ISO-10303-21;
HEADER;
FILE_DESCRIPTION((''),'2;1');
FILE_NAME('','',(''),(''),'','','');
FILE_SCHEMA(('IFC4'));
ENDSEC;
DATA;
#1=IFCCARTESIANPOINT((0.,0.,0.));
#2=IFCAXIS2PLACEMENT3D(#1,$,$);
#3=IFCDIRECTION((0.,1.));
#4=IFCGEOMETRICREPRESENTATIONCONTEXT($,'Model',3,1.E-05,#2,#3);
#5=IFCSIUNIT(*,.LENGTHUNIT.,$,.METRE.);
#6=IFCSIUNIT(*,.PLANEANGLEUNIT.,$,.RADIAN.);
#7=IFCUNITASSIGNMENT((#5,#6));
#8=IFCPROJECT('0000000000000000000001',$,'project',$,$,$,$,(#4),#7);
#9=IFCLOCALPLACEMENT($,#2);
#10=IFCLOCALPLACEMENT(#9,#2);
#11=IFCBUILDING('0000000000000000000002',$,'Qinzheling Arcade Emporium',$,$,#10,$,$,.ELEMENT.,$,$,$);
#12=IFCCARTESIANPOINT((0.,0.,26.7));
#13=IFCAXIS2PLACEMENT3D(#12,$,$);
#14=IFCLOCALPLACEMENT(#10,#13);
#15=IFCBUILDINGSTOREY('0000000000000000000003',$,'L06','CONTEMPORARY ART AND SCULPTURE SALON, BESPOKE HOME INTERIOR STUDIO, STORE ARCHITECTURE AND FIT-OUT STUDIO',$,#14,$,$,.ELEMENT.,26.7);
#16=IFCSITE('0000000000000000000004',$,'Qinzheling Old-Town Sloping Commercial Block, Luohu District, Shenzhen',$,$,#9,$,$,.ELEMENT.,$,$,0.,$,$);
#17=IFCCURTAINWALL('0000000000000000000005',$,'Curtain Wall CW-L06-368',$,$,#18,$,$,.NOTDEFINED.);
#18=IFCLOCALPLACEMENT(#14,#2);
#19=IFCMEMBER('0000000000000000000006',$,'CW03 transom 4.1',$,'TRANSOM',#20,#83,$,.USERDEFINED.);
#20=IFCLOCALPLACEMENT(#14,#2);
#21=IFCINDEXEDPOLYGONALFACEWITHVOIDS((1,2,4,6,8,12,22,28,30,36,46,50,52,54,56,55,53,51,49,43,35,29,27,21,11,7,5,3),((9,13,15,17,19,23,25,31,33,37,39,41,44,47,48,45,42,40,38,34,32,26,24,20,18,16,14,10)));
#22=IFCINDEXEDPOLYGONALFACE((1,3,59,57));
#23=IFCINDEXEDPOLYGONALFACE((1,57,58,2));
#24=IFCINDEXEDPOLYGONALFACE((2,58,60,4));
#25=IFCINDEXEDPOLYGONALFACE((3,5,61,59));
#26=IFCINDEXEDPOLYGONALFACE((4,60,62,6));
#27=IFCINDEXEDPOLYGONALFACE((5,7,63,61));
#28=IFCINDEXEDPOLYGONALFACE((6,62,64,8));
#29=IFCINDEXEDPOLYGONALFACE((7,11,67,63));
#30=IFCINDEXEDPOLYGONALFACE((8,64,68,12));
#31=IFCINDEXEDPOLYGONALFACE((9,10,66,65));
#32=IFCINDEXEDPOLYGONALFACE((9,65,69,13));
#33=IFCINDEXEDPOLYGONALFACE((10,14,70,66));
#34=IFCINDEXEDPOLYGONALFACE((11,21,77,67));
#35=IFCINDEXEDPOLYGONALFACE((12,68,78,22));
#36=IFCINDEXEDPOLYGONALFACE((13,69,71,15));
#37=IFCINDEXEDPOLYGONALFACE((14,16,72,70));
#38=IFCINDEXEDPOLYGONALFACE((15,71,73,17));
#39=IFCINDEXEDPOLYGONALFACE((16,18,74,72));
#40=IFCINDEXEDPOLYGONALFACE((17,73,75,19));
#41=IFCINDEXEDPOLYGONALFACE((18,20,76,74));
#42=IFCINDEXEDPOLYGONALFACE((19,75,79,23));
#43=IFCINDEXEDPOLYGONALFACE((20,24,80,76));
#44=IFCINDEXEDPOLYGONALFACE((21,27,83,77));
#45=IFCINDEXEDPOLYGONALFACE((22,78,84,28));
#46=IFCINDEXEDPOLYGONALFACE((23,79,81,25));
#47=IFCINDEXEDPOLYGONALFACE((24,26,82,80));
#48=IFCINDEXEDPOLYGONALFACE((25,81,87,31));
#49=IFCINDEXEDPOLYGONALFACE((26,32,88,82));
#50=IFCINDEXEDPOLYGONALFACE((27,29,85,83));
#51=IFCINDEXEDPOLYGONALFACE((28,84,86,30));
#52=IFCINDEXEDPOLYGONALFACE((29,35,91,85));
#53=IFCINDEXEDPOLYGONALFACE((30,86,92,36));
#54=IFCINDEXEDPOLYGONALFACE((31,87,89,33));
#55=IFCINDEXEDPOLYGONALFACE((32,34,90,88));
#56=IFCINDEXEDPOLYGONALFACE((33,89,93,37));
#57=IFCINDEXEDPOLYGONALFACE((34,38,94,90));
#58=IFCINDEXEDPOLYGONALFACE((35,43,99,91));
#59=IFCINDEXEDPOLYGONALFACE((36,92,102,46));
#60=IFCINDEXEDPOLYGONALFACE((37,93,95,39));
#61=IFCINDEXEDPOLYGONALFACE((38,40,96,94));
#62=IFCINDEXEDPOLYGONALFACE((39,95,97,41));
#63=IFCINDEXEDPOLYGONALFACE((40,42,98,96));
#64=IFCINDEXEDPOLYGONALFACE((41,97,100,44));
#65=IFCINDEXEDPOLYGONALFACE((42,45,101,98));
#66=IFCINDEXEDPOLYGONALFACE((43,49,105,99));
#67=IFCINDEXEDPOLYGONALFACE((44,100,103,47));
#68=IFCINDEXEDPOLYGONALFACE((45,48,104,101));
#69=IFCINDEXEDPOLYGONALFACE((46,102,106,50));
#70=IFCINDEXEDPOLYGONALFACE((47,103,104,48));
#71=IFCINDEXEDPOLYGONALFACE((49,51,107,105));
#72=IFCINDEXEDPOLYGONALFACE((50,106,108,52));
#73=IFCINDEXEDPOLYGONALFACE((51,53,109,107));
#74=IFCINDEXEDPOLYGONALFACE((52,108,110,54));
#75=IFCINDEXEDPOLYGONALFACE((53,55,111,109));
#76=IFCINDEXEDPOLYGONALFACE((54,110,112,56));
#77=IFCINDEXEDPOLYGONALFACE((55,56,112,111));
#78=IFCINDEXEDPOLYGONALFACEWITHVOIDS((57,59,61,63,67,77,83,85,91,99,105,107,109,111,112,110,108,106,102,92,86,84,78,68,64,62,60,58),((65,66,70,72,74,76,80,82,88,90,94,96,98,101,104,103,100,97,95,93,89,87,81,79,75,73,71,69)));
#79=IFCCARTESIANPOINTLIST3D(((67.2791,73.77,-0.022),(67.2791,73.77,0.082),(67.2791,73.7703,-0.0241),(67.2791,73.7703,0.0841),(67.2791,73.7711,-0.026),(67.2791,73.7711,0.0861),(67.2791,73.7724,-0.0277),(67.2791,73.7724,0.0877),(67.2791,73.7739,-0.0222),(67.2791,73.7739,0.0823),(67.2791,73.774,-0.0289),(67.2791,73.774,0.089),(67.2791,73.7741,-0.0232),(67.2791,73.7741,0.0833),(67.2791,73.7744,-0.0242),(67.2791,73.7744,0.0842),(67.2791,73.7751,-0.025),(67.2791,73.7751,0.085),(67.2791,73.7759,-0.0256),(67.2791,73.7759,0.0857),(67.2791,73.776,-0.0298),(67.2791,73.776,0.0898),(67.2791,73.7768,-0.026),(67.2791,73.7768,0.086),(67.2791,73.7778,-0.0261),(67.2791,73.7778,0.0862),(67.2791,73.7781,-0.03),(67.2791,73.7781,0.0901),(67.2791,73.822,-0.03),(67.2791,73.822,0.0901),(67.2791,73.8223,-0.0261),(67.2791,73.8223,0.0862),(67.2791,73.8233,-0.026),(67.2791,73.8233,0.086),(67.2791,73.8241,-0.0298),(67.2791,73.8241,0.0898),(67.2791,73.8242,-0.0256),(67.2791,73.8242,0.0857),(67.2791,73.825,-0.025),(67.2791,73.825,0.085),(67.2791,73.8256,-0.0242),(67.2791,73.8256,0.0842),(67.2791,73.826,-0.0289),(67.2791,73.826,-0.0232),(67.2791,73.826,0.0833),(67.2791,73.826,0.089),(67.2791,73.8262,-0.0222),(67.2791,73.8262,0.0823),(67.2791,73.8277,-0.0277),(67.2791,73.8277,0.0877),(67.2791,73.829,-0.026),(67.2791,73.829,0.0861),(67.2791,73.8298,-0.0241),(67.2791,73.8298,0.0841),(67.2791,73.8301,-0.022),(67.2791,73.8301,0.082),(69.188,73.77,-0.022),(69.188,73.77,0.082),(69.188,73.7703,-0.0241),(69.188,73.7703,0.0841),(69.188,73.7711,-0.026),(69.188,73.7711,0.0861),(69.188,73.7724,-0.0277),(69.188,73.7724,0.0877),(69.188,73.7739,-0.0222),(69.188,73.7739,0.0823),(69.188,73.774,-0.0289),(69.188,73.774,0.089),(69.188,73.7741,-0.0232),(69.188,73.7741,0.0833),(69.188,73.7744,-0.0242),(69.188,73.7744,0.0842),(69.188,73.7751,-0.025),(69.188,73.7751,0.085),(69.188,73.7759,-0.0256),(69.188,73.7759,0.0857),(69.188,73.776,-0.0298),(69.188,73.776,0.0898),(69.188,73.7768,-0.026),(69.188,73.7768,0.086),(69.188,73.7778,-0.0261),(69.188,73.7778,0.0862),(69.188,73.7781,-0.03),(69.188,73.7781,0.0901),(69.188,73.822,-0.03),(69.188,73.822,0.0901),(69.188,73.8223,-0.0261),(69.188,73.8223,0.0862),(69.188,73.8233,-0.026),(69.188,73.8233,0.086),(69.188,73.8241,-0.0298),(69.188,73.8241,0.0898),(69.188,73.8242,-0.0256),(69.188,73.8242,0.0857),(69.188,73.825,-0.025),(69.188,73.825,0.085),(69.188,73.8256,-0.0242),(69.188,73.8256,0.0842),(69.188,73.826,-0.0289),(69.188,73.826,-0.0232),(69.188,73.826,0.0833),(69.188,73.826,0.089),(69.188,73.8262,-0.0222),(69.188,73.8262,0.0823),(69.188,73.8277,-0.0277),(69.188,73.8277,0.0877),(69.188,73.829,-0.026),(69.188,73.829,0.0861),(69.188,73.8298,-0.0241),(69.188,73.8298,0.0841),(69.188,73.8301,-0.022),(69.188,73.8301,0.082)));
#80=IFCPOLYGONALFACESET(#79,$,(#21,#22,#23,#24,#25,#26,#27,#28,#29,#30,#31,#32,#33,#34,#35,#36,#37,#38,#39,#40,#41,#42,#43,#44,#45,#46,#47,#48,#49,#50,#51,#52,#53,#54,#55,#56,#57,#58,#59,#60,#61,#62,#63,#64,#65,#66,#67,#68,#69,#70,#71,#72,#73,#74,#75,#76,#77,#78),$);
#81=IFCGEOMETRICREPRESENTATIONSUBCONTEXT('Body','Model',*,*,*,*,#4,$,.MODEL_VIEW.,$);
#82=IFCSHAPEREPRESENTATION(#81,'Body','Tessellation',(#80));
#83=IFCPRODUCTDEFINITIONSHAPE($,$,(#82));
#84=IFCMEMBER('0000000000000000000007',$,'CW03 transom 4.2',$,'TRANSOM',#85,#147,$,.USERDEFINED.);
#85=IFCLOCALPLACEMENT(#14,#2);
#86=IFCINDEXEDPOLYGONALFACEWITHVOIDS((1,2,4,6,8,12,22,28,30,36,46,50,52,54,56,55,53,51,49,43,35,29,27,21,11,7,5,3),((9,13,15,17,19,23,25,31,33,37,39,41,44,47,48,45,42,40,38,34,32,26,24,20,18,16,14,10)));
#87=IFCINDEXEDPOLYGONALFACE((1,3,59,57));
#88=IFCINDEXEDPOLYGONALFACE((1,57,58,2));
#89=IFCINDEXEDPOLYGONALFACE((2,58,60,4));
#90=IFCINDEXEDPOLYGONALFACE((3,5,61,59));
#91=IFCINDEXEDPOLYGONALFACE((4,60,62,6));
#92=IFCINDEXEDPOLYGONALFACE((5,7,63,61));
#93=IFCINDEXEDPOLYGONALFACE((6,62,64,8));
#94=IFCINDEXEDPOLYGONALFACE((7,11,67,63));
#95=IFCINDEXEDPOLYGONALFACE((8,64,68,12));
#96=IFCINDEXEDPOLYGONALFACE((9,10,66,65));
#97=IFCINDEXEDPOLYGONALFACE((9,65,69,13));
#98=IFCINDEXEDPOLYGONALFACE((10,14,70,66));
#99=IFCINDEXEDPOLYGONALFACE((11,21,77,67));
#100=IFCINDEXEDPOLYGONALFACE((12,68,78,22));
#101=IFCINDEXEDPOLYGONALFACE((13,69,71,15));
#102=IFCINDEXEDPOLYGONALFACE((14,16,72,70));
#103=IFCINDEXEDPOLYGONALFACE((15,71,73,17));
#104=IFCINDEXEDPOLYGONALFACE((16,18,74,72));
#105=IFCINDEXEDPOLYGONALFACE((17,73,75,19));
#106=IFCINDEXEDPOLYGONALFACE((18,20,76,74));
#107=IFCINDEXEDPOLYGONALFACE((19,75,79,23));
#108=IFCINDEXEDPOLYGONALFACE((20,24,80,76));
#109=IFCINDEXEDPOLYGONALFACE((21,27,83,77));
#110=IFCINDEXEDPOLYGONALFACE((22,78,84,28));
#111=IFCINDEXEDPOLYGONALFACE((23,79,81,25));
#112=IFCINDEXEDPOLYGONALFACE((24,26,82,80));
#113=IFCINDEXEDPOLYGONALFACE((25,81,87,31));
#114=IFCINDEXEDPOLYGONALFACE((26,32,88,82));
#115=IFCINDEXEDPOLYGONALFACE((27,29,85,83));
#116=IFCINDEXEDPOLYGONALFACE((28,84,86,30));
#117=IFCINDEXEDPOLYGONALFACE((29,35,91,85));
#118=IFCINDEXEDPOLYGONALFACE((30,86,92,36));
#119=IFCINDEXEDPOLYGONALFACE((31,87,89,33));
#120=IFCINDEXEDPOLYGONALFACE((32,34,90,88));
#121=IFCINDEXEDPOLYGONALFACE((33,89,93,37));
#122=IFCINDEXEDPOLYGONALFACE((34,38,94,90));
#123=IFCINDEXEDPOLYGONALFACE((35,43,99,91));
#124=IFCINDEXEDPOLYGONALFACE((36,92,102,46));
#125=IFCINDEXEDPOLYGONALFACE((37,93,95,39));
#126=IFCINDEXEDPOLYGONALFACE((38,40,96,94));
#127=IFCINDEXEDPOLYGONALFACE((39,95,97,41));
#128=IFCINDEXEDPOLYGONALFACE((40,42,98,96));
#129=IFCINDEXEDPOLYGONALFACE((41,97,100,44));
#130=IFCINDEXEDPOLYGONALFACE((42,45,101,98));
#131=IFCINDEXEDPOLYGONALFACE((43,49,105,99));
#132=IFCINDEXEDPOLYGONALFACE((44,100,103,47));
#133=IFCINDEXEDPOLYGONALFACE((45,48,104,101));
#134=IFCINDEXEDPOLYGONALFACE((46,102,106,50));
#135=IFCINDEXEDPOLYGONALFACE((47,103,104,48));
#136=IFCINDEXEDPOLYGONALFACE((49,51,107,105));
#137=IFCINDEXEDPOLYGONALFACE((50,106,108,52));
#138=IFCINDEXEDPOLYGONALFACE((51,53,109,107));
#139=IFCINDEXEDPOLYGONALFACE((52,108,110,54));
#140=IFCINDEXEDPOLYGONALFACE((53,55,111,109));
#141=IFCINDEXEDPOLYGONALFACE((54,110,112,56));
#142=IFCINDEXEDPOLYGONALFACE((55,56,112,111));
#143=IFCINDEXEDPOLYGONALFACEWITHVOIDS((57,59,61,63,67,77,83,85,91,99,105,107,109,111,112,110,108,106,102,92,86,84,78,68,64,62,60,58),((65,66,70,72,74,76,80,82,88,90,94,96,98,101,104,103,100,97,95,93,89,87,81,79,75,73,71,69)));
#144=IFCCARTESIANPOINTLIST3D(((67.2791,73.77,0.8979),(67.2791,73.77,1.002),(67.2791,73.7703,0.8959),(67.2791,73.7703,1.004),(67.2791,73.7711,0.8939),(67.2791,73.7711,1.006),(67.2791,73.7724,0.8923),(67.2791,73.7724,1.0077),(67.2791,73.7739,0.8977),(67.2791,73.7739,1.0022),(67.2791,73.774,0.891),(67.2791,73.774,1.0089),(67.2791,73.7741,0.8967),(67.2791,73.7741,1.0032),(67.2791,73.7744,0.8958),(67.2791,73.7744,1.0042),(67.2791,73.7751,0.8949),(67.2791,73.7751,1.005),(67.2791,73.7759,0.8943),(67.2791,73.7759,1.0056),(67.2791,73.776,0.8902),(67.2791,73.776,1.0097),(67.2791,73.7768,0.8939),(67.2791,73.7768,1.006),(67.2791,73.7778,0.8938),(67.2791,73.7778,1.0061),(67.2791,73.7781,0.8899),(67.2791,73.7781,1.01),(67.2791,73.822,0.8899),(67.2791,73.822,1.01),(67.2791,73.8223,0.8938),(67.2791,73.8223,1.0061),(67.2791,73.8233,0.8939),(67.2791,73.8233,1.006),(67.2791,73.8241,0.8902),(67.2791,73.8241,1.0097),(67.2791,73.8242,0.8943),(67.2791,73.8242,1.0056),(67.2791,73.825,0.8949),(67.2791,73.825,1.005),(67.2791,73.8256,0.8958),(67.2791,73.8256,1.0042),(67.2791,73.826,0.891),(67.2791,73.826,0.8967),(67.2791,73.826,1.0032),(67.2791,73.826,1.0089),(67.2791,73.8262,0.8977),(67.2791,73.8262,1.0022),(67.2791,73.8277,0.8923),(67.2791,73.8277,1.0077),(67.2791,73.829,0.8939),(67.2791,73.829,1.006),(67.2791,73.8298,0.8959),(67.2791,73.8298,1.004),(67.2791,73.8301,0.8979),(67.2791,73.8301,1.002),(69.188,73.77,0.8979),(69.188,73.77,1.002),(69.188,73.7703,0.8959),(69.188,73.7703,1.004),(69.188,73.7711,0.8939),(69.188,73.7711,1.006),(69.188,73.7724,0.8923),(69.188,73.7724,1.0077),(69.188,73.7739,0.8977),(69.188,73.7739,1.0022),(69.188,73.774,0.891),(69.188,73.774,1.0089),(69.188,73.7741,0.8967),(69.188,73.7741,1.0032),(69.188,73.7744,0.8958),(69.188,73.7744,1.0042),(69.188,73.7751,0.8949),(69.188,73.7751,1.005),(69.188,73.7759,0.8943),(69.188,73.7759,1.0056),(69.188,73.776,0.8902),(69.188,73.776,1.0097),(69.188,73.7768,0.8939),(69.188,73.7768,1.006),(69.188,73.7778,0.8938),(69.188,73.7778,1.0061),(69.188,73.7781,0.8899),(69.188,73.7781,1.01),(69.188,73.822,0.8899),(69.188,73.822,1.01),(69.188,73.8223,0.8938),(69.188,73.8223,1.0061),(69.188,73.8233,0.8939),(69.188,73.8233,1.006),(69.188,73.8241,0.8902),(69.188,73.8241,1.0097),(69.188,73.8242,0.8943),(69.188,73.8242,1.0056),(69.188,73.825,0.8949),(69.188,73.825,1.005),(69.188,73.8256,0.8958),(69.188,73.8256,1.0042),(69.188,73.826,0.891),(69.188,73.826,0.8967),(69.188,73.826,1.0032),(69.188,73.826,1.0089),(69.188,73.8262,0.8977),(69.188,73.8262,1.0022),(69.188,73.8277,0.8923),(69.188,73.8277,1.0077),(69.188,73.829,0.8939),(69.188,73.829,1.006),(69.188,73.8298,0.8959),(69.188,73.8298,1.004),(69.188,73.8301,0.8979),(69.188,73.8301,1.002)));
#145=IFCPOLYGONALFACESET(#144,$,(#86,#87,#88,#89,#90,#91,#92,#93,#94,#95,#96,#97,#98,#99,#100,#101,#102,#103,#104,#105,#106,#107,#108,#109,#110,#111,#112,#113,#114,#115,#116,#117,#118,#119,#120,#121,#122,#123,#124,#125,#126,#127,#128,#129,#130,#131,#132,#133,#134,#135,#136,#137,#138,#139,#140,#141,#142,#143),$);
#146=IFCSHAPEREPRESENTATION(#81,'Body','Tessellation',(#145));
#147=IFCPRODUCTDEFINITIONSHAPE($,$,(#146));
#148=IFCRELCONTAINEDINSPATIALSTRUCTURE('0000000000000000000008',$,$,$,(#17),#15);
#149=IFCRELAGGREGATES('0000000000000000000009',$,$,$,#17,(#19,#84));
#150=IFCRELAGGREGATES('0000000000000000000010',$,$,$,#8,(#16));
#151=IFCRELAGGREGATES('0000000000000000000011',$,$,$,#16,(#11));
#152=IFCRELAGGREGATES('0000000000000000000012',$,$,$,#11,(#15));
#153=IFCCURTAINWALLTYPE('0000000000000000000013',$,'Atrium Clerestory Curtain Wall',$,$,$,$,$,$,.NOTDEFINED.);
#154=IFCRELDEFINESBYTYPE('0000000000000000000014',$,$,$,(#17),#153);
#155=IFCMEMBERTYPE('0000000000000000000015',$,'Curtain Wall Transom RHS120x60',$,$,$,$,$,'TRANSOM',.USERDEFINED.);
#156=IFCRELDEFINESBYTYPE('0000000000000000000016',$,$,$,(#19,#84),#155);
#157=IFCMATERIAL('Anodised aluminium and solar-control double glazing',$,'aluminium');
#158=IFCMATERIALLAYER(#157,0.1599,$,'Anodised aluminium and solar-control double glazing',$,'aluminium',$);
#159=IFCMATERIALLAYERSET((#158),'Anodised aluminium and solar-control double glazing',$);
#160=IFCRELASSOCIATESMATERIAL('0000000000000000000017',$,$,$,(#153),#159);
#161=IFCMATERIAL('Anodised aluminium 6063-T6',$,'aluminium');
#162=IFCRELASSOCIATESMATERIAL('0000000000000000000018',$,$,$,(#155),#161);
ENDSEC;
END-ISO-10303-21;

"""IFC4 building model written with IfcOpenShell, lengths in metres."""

from ifc_helpers import new_model, si_unit, direction, frame, origin, origin_2d, place, context, subcontext, project, spatial, hollow_rectangle, extrude, material, layer, layer_set, material_profile, profile_set, type_object, element, aggregate, save


model = new_model("IFC4")

# Units and contexts
model_context = context("Model", 3, precision=1e-05, world=origin(), true_north=direction((0.0, 1.0)))
body_context = subcontext(model_context, "Body", "Model", "MODEL_VIEW")
ifc_project = project(units=[si_unit("LENGTHUNIT", "METRE"), si_unit("PLANEANGLEUNIT", "RADIAN")], contexts=[model_context])

# Site, building, storey
site_placement = place(None, origin())
site = spatial("IfcSite", under=ifc_project, at=site_placement, Name="Qinzheling Old-Town Sloping Commercial Block, Luohu District, Shenzhen", CompositionType="ELEMENT", RefElevation=0.0)
building_placement = place(site_placement, origin())
building = spatial("IfcBuilding", under=site, at=building_placement, Name="Qinzheling Arcade Emporium", CompositionType="ELEMENT")
storey_placement = place(building_placement, frame((0.0, 0.0, 26.7)))
storey = spatial("IfcBuildingStorey", under=building, at=storey_placement, Name="L06", Description="CONTEMPORARY ART AND SCULPTURE SALON, BESPOKE HOME INTERIOR STUDIO, STORE ARCHITECTURE AND FIT-OUT STUDIO", CompositionType="ELEMENT", Elevation=26.7)

# Curtain wall, members
ifc_material_1 = material(Name="Anodised aluminium and solar-control double glazing", Category="aluminium")
ifc_layer_1 = layer(ifc_material_1, 0.1599, Name="Anodised aluminium and solar-control double glazing", Category="aluminium")
ifc_layer_set_1 = layer_set([ifc_layer_1], Name="Anodised aluminium and solar-control double glazing")
curtain_wall_type = type_object("IfcCurtainWallType", Name="Atrium Clerestory Curtain Wall", PredefinedType="NOTDEFINED", material=ifc_layer_set_1)
curtain_wall_placement = place(storey_placement, origin())
curtain_wall = element("IfcCurtainWall", 1, at=curtain_wall_placement, inside=storey, type_object=curtain_wall_type, Name="Curtain Wall CW-L06-368", PredefinedType="NOTDEFINED")
ifc_material_2 = material(Name="Anodised aluminium 6063-T6", Category="aluminium")
ifc_material_profile_1 = material_profile(ifc_material_2, hollow_rectangle(XDim=0.0601, YDim=0.1201, WallThickness=0.0039, InnerFilletRadius=0.0039, OuterFilletRadius=0.0081, at=origin_2d()), Name="RHS 120x60x4", Category="aluminium")
ifc_profile_set_1 = profile_set([ifc_material_profile_1], Name="Anodised aluminium 6063-T6")
member_type_1 = type_object("IfcMemberType", Name="Curtain Wall Transom RHS120x60", ElementType="TRANSOM", PredefinedType="USERDEFINED", material=ifc_profile_set_1)
member_1_placement = place(storey_placement, frame((67.2791, 73.8, 0.03), z_axis=(1.0, 0.0, 0.0), x_axis=(0.0, 1.0, 0.0)))
member_1 = element("IfcMember", 2, at=member_1_placement, type_object=member_type_1, Name="CW03 transom 4.1", ObjectType="TRANSOM", PredefinedType="USERDEFINED", context=body_context, shape_type="SweptSolid", body=[
    extrude(hollow_rectangle(XDim=0.0601, YDim=0.1201, WallThickness=0.0039, InnerFilletRadius=0.0039, OuterFilletRadius=0.0081, at=origin_2d()), origin(), (0.0, 0.0, 1.0), 1.9089),
])
member_2_placement = place(storey_placement, frame((67.2791, 73.8, 0.95), z_axis=(1.0, 0.0, 0.0), x_axis=(0.0, 1.0, 0.0)))
member_2 = element("IfcMember", 3, at=member_2_placement, type_object=member_type_1, Name="CW03 transom 4.2", ObjectType="TRANSOM", PredefinedType="USERDEFINED", context=body_context, shape_type="SweptSolid", body=[
    extrude(hollow_rectangle(XDim=0.0601, YDim=0.1201, WallThickness=0.0039, InnerFilletRadius=0.0039, OuterFilletRadius=0.0081, at=origin_2d()), origin(), (0.0, 0.0, 1.0), 1.9089),
])
aggregate(curtain_wall, [member_1, member_2])

save(model, "model.ifc")
